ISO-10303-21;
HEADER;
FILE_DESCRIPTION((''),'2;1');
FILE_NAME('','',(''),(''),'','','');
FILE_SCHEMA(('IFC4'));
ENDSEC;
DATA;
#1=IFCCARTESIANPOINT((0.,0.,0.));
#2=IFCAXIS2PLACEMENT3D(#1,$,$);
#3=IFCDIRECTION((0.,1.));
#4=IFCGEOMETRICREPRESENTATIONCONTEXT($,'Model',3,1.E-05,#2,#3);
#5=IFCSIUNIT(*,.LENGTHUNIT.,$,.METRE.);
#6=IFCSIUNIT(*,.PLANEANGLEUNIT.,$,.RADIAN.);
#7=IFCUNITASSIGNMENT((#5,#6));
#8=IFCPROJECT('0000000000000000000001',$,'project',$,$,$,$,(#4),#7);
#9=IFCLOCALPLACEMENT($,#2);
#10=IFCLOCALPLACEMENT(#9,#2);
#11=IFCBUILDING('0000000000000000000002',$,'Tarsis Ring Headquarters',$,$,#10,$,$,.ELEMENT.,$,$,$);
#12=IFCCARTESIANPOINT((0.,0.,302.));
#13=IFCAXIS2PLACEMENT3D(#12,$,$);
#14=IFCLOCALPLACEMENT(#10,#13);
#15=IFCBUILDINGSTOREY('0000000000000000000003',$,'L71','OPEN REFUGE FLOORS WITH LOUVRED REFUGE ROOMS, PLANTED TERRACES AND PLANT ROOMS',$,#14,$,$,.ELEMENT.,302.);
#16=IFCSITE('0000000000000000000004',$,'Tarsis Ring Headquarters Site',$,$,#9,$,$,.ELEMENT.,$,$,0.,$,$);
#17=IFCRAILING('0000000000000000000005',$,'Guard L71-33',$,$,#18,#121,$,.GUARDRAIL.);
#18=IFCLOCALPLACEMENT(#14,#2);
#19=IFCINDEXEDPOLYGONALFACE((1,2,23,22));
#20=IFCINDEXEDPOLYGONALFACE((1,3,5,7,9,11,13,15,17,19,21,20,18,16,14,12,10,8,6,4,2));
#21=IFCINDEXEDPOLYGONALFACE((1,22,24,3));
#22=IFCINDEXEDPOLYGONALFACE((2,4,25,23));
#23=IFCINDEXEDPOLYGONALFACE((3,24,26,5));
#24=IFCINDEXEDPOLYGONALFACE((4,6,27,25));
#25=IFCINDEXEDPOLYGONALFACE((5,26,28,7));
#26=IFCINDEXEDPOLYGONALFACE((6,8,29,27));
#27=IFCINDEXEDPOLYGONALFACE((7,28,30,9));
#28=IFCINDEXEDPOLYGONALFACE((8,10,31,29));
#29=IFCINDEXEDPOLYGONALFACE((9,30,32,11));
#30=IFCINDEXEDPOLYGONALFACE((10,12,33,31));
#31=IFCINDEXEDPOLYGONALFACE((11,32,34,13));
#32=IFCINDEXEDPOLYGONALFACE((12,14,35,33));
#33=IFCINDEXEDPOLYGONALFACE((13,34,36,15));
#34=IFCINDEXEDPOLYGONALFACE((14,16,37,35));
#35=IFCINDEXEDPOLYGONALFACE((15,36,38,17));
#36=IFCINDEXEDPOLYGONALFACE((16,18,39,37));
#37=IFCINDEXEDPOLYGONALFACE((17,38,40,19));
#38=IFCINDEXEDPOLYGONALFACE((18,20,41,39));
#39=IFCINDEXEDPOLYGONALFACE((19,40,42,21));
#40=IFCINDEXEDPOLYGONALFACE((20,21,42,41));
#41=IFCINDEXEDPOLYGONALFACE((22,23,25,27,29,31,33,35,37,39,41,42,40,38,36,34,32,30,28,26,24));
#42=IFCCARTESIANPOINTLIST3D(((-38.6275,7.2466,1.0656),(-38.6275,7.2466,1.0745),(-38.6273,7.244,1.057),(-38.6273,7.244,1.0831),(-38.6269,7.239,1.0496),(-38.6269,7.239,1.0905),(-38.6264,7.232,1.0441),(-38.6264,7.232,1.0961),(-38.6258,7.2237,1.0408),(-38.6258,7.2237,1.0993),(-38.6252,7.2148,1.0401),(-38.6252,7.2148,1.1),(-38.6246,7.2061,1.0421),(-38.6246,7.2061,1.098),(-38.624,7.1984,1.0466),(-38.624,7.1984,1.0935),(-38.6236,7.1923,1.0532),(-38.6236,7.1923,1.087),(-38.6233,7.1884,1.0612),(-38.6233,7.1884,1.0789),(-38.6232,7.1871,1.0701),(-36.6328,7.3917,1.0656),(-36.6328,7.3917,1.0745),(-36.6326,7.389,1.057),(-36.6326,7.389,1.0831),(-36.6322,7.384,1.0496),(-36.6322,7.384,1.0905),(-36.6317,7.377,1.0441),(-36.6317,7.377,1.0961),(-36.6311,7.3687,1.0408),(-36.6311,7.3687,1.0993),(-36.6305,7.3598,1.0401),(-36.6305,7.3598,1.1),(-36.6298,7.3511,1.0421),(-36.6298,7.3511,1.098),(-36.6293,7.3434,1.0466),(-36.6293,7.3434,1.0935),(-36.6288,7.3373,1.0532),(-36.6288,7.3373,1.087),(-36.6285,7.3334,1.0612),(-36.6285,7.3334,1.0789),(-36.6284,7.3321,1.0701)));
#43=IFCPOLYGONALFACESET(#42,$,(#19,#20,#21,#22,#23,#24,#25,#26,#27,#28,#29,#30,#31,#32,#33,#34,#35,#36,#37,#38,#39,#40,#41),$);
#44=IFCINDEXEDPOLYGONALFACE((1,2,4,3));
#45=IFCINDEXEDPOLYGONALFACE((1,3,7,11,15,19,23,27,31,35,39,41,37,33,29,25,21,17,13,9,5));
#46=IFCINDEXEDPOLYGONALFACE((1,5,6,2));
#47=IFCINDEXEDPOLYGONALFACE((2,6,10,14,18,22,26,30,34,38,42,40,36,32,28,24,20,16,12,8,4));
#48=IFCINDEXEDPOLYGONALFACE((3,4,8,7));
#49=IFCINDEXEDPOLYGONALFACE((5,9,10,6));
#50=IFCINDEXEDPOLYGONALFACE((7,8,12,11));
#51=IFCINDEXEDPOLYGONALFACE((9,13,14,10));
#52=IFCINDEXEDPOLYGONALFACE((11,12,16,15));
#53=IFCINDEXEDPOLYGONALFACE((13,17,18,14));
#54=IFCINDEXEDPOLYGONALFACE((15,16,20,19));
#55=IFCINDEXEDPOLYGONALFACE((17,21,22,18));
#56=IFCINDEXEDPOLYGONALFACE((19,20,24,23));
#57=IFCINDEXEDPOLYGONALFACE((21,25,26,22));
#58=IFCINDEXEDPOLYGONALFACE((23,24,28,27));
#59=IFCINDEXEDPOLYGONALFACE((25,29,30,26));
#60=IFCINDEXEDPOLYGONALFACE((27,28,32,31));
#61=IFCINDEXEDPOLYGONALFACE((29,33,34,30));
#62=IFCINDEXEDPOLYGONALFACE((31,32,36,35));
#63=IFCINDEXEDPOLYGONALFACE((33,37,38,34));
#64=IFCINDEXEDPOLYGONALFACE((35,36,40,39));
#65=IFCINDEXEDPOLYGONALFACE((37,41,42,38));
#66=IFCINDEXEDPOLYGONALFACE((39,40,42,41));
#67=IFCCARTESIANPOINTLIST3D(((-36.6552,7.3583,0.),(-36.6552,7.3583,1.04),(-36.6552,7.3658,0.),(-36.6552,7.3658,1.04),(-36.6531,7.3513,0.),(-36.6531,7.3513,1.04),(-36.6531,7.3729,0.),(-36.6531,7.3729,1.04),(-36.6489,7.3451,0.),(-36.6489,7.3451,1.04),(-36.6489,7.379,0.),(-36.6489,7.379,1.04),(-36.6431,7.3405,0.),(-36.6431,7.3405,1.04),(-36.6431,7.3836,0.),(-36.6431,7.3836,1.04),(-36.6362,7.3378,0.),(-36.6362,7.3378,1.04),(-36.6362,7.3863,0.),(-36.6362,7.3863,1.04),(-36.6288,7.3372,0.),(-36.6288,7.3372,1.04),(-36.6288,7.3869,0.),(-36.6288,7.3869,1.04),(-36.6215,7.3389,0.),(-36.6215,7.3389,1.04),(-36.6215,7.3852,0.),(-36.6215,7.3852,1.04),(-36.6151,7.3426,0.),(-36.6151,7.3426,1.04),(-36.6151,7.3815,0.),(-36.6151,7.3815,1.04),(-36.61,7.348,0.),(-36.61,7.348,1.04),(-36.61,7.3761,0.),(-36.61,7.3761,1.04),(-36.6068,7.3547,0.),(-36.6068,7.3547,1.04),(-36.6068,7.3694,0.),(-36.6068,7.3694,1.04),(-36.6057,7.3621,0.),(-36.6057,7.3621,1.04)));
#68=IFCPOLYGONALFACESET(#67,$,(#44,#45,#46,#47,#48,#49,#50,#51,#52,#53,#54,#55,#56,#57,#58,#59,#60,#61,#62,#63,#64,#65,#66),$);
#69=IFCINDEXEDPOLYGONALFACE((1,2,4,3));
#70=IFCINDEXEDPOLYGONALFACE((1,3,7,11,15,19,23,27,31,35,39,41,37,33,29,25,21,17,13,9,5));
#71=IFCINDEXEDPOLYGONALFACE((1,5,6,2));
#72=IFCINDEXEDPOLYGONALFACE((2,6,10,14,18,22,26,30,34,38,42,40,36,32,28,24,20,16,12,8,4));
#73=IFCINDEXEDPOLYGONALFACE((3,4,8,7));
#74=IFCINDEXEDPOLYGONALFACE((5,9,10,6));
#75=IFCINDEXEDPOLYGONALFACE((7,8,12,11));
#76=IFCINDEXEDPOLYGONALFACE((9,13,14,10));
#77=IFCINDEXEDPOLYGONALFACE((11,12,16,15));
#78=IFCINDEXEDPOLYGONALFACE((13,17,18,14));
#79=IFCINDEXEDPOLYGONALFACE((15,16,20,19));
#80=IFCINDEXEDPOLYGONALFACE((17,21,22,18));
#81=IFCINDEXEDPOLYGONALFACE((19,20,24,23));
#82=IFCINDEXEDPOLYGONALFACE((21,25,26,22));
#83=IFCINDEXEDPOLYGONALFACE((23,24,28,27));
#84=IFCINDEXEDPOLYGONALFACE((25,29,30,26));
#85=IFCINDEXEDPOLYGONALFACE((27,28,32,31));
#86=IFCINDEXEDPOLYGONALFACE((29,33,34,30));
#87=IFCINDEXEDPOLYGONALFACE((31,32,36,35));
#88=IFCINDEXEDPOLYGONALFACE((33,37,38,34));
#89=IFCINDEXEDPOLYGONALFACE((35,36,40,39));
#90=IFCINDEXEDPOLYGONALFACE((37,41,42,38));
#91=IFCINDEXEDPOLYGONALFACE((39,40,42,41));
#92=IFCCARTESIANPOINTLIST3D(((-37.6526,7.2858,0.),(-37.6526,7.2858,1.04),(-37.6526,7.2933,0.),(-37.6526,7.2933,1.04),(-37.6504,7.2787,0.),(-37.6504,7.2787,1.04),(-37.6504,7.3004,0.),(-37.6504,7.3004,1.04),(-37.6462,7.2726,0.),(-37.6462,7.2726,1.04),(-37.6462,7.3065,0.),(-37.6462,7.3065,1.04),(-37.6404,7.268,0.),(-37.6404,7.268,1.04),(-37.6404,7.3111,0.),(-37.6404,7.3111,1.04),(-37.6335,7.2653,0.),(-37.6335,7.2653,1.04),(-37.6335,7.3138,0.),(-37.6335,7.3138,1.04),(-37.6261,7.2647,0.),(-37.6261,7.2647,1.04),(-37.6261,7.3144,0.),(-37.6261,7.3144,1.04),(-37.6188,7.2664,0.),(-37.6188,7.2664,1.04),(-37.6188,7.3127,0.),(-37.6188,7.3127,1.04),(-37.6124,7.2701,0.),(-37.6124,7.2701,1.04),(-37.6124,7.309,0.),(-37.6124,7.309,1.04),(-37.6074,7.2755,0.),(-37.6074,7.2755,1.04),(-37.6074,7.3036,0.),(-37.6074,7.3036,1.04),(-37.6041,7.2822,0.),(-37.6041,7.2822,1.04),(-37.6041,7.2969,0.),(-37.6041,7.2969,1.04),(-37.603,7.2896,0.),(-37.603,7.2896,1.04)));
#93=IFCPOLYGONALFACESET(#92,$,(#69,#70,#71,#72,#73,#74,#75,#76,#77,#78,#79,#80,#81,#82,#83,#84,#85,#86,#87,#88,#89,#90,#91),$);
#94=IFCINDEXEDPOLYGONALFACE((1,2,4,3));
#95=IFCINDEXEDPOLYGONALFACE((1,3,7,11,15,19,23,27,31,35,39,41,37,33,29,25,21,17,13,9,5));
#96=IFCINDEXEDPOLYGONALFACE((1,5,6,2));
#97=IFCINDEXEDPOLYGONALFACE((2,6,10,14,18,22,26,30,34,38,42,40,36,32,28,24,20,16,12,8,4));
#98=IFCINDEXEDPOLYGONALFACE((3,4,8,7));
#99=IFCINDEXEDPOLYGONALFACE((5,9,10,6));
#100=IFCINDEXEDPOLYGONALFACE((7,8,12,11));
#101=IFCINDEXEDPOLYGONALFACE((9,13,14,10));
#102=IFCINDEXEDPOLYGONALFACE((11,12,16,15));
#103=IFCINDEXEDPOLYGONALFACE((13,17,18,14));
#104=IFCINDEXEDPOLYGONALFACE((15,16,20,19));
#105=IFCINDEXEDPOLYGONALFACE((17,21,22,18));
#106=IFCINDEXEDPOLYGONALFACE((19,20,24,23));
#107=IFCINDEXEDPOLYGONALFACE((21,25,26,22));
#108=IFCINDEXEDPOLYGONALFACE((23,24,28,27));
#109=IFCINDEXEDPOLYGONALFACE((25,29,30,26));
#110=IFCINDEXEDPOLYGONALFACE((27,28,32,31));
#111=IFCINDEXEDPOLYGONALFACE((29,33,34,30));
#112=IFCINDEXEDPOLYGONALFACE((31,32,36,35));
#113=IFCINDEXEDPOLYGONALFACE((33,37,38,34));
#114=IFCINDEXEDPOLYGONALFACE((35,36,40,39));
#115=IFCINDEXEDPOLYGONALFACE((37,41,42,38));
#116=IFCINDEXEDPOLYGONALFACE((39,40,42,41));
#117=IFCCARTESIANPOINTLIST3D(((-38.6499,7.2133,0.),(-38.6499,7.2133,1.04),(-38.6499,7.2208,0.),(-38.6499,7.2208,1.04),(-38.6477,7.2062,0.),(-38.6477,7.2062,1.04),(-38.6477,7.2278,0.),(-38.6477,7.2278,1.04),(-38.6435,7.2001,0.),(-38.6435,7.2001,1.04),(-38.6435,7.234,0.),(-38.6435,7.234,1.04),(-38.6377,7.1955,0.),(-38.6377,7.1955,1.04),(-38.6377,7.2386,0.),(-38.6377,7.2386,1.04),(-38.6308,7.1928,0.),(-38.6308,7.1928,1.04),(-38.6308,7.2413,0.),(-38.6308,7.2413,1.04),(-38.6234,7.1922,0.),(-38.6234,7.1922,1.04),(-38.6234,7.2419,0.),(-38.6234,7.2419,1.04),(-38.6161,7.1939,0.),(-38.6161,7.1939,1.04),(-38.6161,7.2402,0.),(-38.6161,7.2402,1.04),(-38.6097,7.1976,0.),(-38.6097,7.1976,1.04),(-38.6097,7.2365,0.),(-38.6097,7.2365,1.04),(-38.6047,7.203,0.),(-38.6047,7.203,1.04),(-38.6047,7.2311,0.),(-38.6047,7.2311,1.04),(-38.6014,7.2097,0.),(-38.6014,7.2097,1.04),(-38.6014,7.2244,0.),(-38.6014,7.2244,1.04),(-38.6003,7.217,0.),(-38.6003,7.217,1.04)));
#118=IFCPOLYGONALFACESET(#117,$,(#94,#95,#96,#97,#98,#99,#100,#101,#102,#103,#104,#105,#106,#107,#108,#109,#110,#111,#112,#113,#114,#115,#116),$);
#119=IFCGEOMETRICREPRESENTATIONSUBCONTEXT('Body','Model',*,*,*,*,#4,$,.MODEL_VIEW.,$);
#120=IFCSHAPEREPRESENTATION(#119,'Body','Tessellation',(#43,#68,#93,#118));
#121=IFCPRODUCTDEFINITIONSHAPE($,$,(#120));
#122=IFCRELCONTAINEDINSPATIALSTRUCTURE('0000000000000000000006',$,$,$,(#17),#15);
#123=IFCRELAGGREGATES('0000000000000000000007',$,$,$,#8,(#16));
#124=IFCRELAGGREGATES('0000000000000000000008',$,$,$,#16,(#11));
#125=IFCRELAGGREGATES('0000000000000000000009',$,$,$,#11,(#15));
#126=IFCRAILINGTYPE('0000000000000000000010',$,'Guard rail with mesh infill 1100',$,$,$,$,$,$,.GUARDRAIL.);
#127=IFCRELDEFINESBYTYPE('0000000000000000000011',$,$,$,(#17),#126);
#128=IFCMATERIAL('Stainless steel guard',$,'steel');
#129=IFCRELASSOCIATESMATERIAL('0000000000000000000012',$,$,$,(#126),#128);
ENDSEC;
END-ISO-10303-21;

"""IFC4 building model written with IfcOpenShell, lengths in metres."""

from ifc_helpers import new_model, si_unit, direction, frame, origin, origin_2d, place, context, subcontext, project, spatial, circle, extrude, material, type_object, element, save


model = new_model("IFC4")

# Units and contexts
model_context = context("Model", 3, precision=1e-05, world=origin(), true_north=direction((0.0, 1.0)))
body_context = subcontext(model_context, "Body", "Model", "MODEL_VIEW")
ifc_project = project(units=[si_unit("LENGTHUNIT", "METRE"), si_unit("PLANEANGLEUNIT", "RADIAN")], contexts=[model_context])

# Site, building, storey
site_placement = place(None, origin())
site = spatial("IfcSite", under=ifc_project, at=site_placement, Name="Tarsis Ring Headquarters Site", CompositionType="ELEMENT", RefElevation=0.0)
building_placement = place(site_placement, origin())
building = spatial("IfcBuilding", under=site, at=building_placement, Name="Tarsis Ring Headquarters", CompositionType="ELEMENT")
storey_placement = place(building_placement, frame((0.0, 0.0, 302.0)))
storey = spatial("IfcBuildingStorey", under=building, at=storey_placement, Name="L71", Description="OPEN REFUGE FLOORS WITH LOUVRED REFUGE ROOMS, PLANTED TERRACES AND PLANT ROOMS", CompositionType="ELEMENT", Elevation=302.0)

# Railing
ifc_material_1 = material(Name="Stainless steel guard", Category="steel")
railing_type_1 = type_object("IfcRailingType", Name="Guard rail with mesh infill 1100", PredefinedType="GUARDRAIL", material=ifc_material_1)
railing_1_placement = place(storey_placement, frame((-36.6306, 7.3621, 0.0)))
element("IfcRailing", 1, at=railing_1_placement, inside=storey, type_object=railing_type_1, Name="Guard L71-33", PredefinedType="GUARDRAIL", context=body_context, shape_type="SweptSolid", body=[
    extrude(circle(Radius=0.03, at=origin_2d()), frame((0.0, 0.0, 1.0701), z_axis=(-0.997367, -0.072514, 0.0), x_axis=(0.072514, -0.997367, 0.0)), (0.0, 0.0, 1.0), 2.0),
    extrude(circle(Radius=0.0249, at=origin_2d()), origin(), (0.0, 0.0, 1.0), 1.04),
    extrude(circle(Radius=0.0249, at=origin_2d()), frame((-0.9973, -0.0725, 0.0)), (0.0, 0.0, 1.0), 1.04),
    extrude(circle(Radius=0.0249, at=origin_2d()), frame((-1.9946, -0.145, 0.0)), (0.0, 0.0, 1.0), 1.04),
])

save(model, "model.ifc")
